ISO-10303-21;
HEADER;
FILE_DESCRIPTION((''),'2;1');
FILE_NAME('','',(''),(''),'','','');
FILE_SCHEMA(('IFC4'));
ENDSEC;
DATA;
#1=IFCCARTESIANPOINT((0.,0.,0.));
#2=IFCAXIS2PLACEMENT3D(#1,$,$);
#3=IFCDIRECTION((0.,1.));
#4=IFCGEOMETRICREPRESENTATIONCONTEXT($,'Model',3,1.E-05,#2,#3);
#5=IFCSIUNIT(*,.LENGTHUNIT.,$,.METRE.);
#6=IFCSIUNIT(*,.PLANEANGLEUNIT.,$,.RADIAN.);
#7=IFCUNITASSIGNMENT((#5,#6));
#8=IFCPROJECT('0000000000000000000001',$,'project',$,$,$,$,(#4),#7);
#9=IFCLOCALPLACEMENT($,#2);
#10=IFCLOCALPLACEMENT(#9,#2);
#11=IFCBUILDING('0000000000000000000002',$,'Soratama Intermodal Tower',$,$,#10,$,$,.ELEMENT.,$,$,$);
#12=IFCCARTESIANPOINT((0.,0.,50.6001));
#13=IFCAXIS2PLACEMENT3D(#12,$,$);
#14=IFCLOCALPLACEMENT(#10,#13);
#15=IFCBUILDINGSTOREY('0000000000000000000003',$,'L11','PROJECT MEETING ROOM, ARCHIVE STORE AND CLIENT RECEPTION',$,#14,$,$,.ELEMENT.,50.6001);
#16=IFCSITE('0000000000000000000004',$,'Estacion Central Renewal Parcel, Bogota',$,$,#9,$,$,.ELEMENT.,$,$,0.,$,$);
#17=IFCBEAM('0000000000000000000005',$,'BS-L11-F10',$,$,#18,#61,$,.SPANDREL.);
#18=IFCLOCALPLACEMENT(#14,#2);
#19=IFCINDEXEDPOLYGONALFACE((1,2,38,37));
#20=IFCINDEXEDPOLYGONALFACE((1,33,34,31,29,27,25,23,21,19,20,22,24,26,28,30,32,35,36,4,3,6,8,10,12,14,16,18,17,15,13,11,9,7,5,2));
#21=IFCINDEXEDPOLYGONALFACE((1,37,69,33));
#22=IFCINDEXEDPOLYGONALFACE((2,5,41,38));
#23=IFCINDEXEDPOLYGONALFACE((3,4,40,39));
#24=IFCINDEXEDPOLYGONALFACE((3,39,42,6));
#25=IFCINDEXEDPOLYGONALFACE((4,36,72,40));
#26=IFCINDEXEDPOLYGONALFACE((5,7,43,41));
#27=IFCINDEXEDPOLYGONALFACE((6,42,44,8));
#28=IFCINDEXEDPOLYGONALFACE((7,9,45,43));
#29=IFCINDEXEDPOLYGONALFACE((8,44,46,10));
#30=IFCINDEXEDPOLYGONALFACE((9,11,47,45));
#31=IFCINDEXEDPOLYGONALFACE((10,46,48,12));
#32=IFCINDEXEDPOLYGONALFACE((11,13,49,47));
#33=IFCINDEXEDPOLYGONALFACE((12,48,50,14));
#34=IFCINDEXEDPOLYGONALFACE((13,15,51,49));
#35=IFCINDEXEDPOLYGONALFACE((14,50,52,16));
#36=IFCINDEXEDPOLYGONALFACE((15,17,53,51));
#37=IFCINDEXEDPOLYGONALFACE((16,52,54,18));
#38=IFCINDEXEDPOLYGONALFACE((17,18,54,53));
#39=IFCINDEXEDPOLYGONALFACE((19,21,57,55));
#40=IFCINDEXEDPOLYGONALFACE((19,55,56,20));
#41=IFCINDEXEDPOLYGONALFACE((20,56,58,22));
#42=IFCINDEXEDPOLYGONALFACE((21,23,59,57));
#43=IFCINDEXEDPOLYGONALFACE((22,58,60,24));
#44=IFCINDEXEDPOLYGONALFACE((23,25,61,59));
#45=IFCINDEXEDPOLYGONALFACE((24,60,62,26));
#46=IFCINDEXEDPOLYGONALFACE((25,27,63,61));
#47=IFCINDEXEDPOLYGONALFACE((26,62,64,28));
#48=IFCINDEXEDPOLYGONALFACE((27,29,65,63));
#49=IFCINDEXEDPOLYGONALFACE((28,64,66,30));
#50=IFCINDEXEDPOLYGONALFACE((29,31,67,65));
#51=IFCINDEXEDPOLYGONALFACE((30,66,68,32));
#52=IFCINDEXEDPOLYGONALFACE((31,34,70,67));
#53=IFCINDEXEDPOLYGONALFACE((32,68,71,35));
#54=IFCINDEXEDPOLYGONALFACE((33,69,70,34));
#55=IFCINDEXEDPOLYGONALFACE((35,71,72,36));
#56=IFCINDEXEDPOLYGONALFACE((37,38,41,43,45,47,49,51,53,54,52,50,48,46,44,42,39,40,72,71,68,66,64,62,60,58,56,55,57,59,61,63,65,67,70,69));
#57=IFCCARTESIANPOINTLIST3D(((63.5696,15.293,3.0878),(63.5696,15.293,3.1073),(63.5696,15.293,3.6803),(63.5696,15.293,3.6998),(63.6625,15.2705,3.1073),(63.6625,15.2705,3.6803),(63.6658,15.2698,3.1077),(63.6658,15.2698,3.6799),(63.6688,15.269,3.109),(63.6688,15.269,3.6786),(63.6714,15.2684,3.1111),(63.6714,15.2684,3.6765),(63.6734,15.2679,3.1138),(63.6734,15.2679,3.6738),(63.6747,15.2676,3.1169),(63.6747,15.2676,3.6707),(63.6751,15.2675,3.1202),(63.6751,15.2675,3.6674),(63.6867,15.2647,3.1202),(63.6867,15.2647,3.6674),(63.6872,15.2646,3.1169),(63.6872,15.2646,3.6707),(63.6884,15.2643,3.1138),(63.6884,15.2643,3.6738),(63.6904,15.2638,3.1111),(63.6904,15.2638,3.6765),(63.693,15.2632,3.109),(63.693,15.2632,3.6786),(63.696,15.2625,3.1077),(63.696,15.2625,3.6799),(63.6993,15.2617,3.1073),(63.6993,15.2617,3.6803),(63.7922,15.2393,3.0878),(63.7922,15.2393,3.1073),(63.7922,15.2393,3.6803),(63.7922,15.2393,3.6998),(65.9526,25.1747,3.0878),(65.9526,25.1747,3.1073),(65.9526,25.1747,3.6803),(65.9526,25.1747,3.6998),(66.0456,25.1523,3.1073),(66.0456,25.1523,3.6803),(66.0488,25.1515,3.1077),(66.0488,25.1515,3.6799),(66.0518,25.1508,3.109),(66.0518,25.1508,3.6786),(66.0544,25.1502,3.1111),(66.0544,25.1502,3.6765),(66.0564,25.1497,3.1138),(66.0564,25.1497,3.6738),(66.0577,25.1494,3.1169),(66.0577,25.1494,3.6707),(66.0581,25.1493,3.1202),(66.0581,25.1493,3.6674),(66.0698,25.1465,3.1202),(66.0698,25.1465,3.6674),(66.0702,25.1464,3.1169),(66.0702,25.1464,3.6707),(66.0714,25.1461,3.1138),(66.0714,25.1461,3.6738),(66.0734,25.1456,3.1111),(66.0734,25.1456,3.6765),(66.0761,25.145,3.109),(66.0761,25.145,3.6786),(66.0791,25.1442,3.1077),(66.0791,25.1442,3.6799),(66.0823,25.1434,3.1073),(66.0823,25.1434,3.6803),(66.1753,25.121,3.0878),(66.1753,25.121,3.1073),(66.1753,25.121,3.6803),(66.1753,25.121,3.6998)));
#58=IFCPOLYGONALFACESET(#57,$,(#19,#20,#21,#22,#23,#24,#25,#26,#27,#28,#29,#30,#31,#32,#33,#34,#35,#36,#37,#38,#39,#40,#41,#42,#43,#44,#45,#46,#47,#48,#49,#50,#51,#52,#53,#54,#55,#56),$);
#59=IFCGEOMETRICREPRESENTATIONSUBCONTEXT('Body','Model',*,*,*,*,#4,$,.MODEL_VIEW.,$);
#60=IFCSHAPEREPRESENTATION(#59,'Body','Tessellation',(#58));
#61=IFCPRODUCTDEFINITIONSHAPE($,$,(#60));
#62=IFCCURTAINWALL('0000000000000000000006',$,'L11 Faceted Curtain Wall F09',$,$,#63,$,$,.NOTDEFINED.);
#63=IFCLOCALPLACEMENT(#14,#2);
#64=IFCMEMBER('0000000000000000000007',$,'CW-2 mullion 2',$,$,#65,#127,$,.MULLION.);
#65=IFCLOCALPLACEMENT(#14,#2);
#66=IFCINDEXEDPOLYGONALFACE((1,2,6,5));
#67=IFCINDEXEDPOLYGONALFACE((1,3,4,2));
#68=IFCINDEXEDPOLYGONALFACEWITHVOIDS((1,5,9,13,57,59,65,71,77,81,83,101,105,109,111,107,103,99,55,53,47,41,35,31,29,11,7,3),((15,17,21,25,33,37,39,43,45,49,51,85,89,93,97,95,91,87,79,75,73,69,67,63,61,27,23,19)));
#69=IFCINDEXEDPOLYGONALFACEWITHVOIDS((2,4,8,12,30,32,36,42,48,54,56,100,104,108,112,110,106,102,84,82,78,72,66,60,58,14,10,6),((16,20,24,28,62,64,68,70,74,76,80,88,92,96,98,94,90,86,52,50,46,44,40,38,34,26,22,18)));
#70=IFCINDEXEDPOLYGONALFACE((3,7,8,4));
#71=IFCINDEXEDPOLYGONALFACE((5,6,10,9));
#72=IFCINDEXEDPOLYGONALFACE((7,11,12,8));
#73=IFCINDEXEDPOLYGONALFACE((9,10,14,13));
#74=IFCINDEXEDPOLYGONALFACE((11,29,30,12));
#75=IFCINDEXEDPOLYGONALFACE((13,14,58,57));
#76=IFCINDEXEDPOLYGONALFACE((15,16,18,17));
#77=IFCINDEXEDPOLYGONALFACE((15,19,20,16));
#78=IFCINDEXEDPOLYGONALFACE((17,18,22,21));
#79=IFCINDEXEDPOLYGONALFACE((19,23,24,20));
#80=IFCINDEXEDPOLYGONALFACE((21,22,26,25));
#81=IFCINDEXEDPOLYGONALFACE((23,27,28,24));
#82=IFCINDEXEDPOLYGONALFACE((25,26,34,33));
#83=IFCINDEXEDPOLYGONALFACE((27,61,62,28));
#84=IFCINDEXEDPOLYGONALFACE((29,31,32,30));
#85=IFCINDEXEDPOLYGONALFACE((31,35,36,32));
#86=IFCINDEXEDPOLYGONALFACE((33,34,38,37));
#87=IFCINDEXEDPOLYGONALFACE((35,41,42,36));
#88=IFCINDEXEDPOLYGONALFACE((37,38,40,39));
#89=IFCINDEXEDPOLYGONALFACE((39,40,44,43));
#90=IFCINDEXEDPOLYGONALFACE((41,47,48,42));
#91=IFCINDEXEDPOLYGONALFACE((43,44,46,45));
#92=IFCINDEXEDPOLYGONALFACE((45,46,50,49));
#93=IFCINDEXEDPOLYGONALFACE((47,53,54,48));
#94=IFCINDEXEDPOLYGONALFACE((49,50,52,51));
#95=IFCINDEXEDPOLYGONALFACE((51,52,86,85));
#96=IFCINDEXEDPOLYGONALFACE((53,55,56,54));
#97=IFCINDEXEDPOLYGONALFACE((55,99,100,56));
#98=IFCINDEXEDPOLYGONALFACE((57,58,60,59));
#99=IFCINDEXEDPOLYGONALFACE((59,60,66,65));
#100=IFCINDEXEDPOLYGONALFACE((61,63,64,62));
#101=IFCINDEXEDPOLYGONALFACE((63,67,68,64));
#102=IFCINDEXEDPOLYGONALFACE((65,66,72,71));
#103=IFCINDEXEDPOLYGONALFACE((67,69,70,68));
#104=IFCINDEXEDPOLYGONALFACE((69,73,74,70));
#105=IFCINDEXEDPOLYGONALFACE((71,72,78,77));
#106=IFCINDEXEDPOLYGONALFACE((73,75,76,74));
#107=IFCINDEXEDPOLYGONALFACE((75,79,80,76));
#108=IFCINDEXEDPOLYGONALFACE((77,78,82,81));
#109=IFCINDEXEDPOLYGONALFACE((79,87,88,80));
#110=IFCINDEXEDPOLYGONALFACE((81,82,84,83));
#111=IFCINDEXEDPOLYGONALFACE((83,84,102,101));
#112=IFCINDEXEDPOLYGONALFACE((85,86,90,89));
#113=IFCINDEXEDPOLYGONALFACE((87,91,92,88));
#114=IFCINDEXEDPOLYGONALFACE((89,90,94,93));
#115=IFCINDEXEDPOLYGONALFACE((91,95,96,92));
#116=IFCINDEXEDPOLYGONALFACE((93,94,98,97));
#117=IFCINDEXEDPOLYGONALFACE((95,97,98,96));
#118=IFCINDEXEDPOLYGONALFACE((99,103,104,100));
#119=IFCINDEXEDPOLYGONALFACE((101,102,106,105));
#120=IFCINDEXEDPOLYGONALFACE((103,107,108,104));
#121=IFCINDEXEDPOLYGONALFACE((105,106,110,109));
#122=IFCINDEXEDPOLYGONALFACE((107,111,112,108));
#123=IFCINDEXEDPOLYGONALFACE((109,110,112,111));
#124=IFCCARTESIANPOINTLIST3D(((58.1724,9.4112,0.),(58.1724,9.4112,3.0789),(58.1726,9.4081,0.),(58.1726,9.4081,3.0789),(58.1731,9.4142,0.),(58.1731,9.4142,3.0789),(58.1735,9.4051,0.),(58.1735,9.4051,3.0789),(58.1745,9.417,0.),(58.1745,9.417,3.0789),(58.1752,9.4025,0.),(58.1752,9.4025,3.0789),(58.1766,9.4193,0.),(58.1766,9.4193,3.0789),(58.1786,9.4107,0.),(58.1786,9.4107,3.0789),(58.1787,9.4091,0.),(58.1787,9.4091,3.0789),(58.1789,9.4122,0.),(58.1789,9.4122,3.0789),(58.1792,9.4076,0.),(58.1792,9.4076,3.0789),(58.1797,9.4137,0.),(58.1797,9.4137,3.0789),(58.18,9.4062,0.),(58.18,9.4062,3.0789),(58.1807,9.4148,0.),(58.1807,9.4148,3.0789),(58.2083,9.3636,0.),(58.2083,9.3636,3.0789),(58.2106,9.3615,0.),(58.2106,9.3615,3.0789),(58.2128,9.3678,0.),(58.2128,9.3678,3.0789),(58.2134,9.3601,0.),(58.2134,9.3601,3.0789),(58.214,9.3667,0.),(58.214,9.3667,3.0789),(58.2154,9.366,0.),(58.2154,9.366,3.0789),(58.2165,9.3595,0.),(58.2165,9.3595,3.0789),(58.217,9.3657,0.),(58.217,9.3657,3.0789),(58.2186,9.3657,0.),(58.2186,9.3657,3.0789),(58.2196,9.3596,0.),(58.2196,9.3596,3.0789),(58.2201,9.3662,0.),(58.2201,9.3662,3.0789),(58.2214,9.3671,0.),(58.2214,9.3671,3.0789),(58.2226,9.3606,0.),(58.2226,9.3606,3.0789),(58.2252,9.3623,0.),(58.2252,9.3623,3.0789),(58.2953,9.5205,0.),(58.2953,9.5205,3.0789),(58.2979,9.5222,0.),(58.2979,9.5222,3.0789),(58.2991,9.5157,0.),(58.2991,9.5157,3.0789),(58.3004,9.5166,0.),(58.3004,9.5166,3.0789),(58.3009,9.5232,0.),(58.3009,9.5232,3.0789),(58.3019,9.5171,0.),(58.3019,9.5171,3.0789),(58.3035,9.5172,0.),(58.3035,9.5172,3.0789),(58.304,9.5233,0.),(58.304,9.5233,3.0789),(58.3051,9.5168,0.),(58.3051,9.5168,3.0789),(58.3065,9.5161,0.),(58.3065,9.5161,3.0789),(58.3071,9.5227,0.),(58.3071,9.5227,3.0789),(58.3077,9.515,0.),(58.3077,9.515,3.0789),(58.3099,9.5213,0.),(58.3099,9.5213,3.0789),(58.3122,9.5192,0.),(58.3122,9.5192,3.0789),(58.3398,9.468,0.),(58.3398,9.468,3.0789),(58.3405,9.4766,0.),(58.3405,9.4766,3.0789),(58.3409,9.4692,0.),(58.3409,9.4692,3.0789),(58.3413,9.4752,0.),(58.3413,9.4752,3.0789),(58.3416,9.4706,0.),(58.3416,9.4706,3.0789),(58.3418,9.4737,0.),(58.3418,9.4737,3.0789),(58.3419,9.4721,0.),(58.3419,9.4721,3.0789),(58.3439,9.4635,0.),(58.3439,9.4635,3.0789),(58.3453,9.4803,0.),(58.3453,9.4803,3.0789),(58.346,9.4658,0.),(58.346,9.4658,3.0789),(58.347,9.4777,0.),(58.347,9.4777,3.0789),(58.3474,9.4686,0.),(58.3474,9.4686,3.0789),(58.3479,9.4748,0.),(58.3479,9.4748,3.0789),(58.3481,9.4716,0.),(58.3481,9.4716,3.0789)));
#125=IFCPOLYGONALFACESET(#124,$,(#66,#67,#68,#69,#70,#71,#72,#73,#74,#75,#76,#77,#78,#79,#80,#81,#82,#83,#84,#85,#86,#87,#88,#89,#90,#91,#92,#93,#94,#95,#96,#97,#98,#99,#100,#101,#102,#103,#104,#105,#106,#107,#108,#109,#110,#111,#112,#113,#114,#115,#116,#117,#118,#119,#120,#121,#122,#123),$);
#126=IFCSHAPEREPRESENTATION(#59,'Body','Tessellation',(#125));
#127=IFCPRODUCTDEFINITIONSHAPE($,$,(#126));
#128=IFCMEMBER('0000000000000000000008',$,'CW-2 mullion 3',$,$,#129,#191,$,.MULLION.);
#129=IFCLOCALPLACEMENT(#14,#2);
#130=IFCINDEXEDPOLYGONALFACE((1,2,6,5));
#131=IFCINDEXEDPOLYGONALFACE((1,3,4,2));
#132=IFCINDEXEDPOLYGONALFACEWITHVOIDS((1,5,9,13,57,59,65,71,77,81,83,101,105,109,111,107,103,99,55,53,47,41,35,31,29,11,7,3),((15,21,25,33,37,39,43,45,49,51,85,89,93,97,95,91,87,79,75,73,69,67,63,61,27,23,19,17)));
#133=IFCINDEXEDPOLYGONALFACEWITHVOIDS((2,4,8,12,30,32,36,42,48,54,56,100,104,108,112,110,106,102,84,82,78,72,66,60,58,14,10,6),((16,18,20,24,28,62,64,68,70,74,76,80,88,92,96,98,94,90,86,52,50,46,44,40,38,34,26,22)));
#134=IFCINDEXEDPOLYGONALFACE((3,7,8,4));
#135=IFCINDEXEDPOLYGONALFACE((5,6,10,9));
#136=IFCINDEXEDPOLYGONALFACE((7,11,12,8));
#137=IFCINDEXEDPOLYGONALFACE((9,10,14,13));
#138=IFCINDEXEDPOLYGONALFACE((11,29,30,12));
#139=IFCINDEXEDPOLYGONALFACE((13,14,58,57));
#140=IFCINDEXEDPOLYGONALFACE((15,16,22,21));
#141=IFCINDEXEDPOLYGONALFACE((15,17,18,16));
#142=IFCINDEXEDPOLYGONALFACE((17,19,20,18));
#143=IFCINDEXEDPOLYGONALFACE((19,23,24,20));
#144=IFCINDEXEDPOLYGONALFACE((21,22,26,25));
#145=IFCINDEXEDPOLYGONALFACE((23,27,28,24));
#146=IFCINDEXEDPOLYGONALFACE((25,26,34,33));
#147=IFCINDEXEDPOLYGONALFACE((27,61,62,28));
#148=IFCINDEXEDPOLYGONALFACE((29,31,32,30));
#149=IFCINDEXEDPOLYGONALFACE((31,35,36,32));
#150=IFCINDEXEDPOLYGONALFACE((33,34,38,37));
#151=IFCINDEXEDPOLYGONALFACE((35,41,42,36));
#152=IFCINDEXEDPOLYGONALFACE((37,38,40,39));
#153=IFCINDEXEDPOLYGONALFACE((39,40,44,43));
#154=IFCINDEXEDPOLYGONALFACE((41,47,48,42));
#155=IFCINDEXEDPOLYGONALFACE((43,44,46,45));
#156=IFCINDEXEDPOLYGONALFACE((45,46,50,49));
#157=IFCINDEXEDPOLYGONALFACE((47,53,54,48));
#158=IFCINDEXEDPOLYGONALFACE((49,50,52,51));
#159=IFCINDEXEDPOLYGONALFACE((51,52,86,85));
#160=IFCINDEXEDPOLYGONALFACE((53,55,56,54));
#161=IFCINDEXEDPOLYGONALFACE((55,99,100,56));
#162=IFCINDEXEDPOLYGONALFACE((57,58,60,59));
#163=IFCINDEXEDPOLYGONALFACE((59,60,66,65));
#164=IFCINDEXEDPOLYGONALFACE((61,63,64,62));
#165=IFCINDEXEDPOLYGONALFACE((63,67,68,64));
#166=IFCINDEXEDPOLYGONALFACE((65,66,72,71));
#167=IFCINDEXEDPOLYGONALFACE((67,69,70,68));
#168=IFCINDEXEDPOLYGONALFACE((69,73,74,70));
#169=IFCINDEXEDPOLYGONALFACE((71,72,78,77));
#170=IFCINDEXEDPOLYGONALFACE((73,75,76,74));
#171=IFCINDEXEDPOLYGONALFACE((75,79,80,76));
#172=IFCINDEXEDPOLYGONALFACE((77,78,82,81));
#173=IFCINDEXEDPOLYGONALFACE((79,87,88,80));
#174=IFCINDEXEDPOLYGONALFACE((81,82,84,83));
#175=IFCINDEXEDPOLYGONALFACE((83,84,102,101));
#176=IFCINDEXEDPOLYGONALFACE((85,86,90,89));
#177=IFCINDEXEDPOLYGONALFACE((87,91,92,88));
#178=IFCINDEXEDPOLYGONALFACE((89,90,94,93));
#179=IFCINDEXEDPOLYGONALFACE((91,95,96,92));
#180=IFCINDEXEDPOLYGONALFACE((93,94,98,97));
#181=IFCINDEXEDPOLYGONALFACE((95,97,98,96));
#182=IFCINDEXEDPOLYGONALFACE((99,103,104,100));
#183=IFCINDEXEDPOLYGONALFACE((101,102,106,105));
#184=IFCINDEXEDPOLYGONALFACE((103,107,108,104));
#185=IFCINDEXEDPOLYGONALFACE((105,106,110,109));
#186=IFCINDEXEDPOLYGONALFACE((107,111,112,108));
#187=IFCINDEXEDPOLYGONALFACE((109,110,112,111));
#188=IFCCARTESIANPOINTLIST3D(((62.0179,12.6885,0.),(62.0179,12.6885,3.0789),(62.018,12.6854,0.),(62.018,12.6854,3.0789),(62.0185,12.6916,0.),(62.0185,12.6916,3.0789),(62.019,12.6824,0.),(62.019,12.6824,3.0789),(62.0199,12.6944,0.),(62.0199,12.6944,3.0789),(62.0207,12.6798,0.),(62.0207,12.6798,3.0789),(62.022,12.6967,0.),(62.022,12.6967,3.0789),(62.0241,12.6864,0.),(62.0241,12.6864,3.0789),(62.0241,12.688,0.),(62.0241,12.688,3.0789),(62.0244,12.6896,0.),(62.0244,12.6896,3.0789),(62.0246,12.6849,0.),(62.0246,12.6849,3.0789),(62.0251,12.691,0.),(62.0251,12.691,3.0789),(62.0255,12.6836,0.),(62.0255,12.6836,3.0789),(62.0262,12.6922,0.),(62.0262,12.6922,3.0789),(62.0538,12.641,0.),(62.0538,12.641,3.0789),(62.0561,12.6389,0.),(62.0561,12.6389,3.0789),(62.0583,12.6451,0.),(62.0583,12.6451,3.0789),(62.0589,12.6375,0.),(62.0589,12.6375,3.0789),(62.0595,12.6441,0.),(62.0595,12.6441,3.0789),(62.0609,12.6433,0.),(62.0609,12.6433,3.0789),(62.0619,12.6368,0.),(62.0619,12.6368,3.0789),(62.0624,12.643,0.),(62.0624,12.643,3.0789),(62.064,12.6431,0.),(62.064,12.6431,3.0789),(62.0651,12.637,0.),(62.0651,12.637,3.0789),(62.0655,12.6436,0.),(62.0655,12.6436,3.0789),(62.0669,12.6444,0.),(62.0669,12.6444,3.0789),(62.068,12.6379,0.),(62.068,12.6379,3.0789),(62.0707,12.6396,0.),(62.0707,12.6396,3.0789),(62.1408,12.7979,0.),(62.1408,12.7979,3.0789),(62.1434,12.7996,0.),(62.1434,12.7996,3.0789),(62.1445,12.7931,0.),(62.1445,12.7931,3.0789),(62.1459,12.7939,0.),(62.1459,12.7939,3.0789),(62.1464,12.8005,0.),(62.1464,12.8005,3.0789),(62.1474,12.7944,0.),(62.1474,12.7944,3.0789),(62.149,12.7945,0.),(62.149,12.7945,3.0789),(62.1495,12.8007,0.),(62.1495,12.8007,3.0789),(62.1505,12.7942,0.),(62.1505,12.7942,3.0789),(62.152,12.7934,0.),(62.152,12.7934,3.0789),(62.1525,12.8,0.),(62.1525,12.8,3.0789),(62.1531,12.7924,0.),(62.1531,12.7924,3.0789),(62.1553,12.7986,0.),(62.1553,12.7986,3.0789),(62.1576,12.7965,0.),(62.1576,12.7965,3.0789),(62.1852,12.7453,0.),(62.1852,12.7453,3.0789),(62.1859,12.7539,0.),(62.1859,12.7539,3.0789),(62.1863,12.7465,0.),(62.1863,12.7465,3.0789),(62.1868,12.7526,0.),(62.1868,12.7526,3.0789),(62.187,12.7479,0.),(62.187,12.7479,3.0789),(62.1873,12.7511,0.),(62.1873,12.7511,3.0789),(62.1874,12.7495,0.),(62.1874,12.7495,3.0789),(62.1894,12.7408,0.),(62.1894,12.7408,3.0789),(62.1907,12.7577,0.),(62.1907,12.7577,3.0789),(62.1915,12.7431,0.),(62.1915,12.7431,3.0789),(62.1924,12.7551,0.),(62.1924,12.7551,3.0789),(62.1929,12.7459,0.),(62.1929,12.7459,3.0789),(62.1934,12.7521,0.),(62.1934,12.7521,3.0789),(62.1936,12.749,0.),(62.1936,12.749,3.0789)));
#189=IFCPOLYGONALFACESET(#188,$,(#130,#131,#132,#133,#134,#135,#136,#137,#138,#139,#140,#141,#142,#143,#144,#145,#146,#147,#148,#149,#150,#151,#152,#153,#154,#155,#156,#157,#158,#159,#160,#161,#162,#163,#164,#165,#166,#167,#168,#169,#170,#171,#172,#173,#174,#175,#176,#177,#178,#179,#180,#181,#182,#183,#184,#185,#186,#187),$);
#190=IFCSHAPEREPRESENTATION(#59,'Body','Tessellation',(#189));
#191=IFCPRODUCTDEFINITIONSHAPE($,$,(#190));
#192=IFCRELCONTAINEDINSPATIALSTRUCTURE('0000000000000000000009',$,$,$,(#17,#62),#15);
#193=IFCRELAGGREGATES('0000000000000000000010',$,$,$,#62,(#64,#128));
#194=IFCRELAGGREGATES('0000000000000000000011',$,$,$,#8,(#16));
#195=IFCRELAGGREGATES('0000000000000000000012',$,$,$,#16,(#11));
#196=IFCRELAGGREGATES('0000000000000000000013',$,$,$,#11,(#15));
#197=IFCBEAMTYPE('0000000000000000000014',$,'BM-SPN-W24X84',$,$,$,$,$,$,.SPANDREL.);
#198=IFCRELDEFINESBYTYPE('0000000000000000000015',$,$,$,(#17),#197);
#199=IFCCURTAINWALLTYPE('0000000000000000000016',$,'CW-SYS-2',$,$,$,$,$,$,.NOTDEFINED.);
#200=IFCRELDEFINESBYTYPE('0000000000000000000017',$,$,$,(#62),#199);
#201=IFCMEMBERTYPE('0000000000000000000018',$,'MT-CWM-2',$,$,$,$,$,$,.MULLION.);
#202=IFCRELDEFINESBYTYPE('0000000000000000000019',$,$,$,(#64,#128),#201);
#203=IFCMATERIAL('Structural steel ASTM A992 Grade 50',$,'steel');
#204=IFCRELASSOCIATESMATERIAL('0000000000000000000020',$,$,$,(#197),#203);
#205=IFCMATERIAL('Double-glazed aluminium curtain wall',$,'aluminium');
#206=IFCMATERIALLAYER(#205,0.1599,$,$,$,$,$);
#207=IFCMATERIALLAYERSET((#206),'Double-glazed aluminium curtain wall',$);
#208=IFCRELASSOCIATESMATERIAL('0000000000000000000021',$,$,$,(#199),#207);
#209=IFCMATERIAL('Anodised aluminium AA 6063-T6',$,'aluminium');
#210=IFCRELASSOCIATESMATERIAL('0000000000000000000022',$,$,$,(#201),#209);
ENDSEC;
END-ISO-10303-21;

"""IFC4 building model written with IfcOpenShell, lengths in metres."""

from ifc_helpers import new_model, si_unit, direction, frame, origin, origin_2d, place, context, subcontext, project, spatial, hollow_rectangle, i_section, extrude, material, layer, layer_set, material_profile, profile_set, type_object, element, aggregate, save


model = new_model("IFC4")

# Units and contexts
model_context = context("Model", 3, precision=1e-05, world=origin(), true_north=direction((0.0, 1.0)))
body_context = subcontext(model_context, "Body", "Model", "MODEL_VIEW")
ifc_project = project(units=[si_unit("LENGTHUNIT", "METRE"), si_unit("PLANEANGLEUNIT", "RADIAN")], contexts=[model_context])

# Site, building, storey
site_placement = place(None, origin())
site = spatial("IfcSite", under=ifc_project, at=site_placement, Name="Estacion Central Renewal Parcel, Bogota", CompositionType="ELEMENT", RefElevation=0.0)
building_placement = place(site_placement, origin())
building = spatial("IfcBuilding", under=site, at=building_placement, Name="Soratama Intermodal Tower", CompositionType="ELEMENT")
storey_placement = place(building_placement, frame((0.0, 0.0, 50.6001)))
storey = spatial("IfcBuildingStorey", under=building, at=storey_placement, Name="L11", Description="PROJECT MEETING ROOM, ARCHIVE STORE AND CLIENT RECEPTION", CompositionType="ELEMENT", Elevation=50.6001)

# Beam
ifc_material_1 = material(Name="Structural steel ASTM A992 Grade 50", Category="steel")
ifc_material_profile_1 = material_profile(ifc_material_1, i_section(OverallWidth=0.229, OverallDepth=0.6121, WebThickness=0.012, FlangeThickness=0.0195, FilletRadius=0.0129, at=origin_2d()), Name="W24X84")
ifc_profile_set_1 = profile_set([ifc_material_profile_1], Name="Structural steel ASTM A992 Grade 50")
beam_type_1 = type_object("IfcBeamType", Name="BM-SPN-W24X84", PredefinedType="SPANDREL", material=ifc_profile_set_1)
beam_1_placement = place(storey_placement, frame((63.6809, 15.2661, 3.3938), z_axis=(0.234435, 0.972132, 0.0), x_axis=(-0.972132, 0.234435, 0.0)))
element("IfcBeam", 1, at=beam_1_placement, inside=storey, type_object=beam_type_1, Name="BS-L11-F10", PredefinedType="SPANDREL", context=body_context, shape_type="SweptSolid", body=[
    extrude(i_section(OverallWidth=0.229, OverallDepth=0.6121, WebThickness=0.012, FlangeThickness=0.0195, FilletRadius=0.0129, at=origin_2d()), origin(), (0.0, 0.0, 1.0), 10.165),
])

# Curtain wall, members
ifc_material_2 = material(Name="Double-glazed aluminium curtain wall", Category="aluminium")
ifc_layer_1 = layer(ifc_material_2, 0.1599)
ifc_layer_set_1 = layer_set([ifc_layer_1], Name="Double-glazed aluminium curtain wall")
curtain_wall_type = type_object("IfcCurtainWallType", Name="CW-SYS-2", PredefinedType="NOTDEFINED", material=ifc_layer_set_1)
curtain_wall_placement = place(storey_placement, origin())
curtain_wall = element("IfcCurtainWall", 2, at=curtain_wall_placement, inside=storey, type_object=curtain_wall_type, Name="L11 Faceted Curtain Wall F09", PredefinedType="NOTDEFINED")
ifc_material_3 = material(Name="Anodised aluminium AA 6063-T6", Category="aluminium")
ifc_material_profile_2 = material_profile(ifc_material_3, hollow_rectangle(XDim=0.075, YDim=0.1799, WallThickness=0.0061, InnerFilletRadius=0.0061, OuterFilletRadius=0.012, at=origin_2d()), Name="CWM180X75X6")
ifc_profile_set_2 = profile_set([ifc_material_profile_2], Name="Anodised aluminium AA 6063-T6")
member_type_1 = type_object("IfcMemberType", Name="MT-CWM-2", PredefinedType="MULLION", material=ifc_profile_set_2)
member_1_placement = place(storey_placement, frame((58.2603, 9.4414, 0.0), z_axis=(0.0, 0.0, 1.0), x_axis=(-0.648652, 0.761085, 0.0)))
member_1 = element("IfcMember", 3, at=member_1_placement, type_object=member_type_1, Name="CW-2 mullion 2", PredefinedType="MULLION", context=body_context, shape_type="SweptSolid", body=[
    extrude(hollow_rectangle(XDim=0.075, YDim=0.1799, WallThickness=0.0061, InnerFilletRadius=0.0061, OuterFilletRadius=0.012, at=origin_2d()), origin(), (0.0, 0.0, 1.0), 3.0789),
])
member_2_placement = place(storey_placement, frame((62.1057, 12.7188, 0.0), z_axis=(0.0, 0.0, 1.0), x_axis=(-0.648652, 0.761085, 0.0)))
member_2 = element("IfcMember", 4, at=member_2_placement, type_object=member_type_1, Name="CW-2 mullion 3", PredefinedType="MULLION", context=body_context, shape_type="SweptSolid", body=[
    extrude(hollow_rectangle(XDim=0.075, YDim=0.1799, WallThickness=0.0061, InnerFilletRadius=0.0061, OuterFilletRadius=0.012, at=origin_2d()), origin(), (0.0, 0.0, 1.0), 3.0789),
])
aggregate(curtain_wall, [member_1, member_2])

save(model, "model.ifc")
